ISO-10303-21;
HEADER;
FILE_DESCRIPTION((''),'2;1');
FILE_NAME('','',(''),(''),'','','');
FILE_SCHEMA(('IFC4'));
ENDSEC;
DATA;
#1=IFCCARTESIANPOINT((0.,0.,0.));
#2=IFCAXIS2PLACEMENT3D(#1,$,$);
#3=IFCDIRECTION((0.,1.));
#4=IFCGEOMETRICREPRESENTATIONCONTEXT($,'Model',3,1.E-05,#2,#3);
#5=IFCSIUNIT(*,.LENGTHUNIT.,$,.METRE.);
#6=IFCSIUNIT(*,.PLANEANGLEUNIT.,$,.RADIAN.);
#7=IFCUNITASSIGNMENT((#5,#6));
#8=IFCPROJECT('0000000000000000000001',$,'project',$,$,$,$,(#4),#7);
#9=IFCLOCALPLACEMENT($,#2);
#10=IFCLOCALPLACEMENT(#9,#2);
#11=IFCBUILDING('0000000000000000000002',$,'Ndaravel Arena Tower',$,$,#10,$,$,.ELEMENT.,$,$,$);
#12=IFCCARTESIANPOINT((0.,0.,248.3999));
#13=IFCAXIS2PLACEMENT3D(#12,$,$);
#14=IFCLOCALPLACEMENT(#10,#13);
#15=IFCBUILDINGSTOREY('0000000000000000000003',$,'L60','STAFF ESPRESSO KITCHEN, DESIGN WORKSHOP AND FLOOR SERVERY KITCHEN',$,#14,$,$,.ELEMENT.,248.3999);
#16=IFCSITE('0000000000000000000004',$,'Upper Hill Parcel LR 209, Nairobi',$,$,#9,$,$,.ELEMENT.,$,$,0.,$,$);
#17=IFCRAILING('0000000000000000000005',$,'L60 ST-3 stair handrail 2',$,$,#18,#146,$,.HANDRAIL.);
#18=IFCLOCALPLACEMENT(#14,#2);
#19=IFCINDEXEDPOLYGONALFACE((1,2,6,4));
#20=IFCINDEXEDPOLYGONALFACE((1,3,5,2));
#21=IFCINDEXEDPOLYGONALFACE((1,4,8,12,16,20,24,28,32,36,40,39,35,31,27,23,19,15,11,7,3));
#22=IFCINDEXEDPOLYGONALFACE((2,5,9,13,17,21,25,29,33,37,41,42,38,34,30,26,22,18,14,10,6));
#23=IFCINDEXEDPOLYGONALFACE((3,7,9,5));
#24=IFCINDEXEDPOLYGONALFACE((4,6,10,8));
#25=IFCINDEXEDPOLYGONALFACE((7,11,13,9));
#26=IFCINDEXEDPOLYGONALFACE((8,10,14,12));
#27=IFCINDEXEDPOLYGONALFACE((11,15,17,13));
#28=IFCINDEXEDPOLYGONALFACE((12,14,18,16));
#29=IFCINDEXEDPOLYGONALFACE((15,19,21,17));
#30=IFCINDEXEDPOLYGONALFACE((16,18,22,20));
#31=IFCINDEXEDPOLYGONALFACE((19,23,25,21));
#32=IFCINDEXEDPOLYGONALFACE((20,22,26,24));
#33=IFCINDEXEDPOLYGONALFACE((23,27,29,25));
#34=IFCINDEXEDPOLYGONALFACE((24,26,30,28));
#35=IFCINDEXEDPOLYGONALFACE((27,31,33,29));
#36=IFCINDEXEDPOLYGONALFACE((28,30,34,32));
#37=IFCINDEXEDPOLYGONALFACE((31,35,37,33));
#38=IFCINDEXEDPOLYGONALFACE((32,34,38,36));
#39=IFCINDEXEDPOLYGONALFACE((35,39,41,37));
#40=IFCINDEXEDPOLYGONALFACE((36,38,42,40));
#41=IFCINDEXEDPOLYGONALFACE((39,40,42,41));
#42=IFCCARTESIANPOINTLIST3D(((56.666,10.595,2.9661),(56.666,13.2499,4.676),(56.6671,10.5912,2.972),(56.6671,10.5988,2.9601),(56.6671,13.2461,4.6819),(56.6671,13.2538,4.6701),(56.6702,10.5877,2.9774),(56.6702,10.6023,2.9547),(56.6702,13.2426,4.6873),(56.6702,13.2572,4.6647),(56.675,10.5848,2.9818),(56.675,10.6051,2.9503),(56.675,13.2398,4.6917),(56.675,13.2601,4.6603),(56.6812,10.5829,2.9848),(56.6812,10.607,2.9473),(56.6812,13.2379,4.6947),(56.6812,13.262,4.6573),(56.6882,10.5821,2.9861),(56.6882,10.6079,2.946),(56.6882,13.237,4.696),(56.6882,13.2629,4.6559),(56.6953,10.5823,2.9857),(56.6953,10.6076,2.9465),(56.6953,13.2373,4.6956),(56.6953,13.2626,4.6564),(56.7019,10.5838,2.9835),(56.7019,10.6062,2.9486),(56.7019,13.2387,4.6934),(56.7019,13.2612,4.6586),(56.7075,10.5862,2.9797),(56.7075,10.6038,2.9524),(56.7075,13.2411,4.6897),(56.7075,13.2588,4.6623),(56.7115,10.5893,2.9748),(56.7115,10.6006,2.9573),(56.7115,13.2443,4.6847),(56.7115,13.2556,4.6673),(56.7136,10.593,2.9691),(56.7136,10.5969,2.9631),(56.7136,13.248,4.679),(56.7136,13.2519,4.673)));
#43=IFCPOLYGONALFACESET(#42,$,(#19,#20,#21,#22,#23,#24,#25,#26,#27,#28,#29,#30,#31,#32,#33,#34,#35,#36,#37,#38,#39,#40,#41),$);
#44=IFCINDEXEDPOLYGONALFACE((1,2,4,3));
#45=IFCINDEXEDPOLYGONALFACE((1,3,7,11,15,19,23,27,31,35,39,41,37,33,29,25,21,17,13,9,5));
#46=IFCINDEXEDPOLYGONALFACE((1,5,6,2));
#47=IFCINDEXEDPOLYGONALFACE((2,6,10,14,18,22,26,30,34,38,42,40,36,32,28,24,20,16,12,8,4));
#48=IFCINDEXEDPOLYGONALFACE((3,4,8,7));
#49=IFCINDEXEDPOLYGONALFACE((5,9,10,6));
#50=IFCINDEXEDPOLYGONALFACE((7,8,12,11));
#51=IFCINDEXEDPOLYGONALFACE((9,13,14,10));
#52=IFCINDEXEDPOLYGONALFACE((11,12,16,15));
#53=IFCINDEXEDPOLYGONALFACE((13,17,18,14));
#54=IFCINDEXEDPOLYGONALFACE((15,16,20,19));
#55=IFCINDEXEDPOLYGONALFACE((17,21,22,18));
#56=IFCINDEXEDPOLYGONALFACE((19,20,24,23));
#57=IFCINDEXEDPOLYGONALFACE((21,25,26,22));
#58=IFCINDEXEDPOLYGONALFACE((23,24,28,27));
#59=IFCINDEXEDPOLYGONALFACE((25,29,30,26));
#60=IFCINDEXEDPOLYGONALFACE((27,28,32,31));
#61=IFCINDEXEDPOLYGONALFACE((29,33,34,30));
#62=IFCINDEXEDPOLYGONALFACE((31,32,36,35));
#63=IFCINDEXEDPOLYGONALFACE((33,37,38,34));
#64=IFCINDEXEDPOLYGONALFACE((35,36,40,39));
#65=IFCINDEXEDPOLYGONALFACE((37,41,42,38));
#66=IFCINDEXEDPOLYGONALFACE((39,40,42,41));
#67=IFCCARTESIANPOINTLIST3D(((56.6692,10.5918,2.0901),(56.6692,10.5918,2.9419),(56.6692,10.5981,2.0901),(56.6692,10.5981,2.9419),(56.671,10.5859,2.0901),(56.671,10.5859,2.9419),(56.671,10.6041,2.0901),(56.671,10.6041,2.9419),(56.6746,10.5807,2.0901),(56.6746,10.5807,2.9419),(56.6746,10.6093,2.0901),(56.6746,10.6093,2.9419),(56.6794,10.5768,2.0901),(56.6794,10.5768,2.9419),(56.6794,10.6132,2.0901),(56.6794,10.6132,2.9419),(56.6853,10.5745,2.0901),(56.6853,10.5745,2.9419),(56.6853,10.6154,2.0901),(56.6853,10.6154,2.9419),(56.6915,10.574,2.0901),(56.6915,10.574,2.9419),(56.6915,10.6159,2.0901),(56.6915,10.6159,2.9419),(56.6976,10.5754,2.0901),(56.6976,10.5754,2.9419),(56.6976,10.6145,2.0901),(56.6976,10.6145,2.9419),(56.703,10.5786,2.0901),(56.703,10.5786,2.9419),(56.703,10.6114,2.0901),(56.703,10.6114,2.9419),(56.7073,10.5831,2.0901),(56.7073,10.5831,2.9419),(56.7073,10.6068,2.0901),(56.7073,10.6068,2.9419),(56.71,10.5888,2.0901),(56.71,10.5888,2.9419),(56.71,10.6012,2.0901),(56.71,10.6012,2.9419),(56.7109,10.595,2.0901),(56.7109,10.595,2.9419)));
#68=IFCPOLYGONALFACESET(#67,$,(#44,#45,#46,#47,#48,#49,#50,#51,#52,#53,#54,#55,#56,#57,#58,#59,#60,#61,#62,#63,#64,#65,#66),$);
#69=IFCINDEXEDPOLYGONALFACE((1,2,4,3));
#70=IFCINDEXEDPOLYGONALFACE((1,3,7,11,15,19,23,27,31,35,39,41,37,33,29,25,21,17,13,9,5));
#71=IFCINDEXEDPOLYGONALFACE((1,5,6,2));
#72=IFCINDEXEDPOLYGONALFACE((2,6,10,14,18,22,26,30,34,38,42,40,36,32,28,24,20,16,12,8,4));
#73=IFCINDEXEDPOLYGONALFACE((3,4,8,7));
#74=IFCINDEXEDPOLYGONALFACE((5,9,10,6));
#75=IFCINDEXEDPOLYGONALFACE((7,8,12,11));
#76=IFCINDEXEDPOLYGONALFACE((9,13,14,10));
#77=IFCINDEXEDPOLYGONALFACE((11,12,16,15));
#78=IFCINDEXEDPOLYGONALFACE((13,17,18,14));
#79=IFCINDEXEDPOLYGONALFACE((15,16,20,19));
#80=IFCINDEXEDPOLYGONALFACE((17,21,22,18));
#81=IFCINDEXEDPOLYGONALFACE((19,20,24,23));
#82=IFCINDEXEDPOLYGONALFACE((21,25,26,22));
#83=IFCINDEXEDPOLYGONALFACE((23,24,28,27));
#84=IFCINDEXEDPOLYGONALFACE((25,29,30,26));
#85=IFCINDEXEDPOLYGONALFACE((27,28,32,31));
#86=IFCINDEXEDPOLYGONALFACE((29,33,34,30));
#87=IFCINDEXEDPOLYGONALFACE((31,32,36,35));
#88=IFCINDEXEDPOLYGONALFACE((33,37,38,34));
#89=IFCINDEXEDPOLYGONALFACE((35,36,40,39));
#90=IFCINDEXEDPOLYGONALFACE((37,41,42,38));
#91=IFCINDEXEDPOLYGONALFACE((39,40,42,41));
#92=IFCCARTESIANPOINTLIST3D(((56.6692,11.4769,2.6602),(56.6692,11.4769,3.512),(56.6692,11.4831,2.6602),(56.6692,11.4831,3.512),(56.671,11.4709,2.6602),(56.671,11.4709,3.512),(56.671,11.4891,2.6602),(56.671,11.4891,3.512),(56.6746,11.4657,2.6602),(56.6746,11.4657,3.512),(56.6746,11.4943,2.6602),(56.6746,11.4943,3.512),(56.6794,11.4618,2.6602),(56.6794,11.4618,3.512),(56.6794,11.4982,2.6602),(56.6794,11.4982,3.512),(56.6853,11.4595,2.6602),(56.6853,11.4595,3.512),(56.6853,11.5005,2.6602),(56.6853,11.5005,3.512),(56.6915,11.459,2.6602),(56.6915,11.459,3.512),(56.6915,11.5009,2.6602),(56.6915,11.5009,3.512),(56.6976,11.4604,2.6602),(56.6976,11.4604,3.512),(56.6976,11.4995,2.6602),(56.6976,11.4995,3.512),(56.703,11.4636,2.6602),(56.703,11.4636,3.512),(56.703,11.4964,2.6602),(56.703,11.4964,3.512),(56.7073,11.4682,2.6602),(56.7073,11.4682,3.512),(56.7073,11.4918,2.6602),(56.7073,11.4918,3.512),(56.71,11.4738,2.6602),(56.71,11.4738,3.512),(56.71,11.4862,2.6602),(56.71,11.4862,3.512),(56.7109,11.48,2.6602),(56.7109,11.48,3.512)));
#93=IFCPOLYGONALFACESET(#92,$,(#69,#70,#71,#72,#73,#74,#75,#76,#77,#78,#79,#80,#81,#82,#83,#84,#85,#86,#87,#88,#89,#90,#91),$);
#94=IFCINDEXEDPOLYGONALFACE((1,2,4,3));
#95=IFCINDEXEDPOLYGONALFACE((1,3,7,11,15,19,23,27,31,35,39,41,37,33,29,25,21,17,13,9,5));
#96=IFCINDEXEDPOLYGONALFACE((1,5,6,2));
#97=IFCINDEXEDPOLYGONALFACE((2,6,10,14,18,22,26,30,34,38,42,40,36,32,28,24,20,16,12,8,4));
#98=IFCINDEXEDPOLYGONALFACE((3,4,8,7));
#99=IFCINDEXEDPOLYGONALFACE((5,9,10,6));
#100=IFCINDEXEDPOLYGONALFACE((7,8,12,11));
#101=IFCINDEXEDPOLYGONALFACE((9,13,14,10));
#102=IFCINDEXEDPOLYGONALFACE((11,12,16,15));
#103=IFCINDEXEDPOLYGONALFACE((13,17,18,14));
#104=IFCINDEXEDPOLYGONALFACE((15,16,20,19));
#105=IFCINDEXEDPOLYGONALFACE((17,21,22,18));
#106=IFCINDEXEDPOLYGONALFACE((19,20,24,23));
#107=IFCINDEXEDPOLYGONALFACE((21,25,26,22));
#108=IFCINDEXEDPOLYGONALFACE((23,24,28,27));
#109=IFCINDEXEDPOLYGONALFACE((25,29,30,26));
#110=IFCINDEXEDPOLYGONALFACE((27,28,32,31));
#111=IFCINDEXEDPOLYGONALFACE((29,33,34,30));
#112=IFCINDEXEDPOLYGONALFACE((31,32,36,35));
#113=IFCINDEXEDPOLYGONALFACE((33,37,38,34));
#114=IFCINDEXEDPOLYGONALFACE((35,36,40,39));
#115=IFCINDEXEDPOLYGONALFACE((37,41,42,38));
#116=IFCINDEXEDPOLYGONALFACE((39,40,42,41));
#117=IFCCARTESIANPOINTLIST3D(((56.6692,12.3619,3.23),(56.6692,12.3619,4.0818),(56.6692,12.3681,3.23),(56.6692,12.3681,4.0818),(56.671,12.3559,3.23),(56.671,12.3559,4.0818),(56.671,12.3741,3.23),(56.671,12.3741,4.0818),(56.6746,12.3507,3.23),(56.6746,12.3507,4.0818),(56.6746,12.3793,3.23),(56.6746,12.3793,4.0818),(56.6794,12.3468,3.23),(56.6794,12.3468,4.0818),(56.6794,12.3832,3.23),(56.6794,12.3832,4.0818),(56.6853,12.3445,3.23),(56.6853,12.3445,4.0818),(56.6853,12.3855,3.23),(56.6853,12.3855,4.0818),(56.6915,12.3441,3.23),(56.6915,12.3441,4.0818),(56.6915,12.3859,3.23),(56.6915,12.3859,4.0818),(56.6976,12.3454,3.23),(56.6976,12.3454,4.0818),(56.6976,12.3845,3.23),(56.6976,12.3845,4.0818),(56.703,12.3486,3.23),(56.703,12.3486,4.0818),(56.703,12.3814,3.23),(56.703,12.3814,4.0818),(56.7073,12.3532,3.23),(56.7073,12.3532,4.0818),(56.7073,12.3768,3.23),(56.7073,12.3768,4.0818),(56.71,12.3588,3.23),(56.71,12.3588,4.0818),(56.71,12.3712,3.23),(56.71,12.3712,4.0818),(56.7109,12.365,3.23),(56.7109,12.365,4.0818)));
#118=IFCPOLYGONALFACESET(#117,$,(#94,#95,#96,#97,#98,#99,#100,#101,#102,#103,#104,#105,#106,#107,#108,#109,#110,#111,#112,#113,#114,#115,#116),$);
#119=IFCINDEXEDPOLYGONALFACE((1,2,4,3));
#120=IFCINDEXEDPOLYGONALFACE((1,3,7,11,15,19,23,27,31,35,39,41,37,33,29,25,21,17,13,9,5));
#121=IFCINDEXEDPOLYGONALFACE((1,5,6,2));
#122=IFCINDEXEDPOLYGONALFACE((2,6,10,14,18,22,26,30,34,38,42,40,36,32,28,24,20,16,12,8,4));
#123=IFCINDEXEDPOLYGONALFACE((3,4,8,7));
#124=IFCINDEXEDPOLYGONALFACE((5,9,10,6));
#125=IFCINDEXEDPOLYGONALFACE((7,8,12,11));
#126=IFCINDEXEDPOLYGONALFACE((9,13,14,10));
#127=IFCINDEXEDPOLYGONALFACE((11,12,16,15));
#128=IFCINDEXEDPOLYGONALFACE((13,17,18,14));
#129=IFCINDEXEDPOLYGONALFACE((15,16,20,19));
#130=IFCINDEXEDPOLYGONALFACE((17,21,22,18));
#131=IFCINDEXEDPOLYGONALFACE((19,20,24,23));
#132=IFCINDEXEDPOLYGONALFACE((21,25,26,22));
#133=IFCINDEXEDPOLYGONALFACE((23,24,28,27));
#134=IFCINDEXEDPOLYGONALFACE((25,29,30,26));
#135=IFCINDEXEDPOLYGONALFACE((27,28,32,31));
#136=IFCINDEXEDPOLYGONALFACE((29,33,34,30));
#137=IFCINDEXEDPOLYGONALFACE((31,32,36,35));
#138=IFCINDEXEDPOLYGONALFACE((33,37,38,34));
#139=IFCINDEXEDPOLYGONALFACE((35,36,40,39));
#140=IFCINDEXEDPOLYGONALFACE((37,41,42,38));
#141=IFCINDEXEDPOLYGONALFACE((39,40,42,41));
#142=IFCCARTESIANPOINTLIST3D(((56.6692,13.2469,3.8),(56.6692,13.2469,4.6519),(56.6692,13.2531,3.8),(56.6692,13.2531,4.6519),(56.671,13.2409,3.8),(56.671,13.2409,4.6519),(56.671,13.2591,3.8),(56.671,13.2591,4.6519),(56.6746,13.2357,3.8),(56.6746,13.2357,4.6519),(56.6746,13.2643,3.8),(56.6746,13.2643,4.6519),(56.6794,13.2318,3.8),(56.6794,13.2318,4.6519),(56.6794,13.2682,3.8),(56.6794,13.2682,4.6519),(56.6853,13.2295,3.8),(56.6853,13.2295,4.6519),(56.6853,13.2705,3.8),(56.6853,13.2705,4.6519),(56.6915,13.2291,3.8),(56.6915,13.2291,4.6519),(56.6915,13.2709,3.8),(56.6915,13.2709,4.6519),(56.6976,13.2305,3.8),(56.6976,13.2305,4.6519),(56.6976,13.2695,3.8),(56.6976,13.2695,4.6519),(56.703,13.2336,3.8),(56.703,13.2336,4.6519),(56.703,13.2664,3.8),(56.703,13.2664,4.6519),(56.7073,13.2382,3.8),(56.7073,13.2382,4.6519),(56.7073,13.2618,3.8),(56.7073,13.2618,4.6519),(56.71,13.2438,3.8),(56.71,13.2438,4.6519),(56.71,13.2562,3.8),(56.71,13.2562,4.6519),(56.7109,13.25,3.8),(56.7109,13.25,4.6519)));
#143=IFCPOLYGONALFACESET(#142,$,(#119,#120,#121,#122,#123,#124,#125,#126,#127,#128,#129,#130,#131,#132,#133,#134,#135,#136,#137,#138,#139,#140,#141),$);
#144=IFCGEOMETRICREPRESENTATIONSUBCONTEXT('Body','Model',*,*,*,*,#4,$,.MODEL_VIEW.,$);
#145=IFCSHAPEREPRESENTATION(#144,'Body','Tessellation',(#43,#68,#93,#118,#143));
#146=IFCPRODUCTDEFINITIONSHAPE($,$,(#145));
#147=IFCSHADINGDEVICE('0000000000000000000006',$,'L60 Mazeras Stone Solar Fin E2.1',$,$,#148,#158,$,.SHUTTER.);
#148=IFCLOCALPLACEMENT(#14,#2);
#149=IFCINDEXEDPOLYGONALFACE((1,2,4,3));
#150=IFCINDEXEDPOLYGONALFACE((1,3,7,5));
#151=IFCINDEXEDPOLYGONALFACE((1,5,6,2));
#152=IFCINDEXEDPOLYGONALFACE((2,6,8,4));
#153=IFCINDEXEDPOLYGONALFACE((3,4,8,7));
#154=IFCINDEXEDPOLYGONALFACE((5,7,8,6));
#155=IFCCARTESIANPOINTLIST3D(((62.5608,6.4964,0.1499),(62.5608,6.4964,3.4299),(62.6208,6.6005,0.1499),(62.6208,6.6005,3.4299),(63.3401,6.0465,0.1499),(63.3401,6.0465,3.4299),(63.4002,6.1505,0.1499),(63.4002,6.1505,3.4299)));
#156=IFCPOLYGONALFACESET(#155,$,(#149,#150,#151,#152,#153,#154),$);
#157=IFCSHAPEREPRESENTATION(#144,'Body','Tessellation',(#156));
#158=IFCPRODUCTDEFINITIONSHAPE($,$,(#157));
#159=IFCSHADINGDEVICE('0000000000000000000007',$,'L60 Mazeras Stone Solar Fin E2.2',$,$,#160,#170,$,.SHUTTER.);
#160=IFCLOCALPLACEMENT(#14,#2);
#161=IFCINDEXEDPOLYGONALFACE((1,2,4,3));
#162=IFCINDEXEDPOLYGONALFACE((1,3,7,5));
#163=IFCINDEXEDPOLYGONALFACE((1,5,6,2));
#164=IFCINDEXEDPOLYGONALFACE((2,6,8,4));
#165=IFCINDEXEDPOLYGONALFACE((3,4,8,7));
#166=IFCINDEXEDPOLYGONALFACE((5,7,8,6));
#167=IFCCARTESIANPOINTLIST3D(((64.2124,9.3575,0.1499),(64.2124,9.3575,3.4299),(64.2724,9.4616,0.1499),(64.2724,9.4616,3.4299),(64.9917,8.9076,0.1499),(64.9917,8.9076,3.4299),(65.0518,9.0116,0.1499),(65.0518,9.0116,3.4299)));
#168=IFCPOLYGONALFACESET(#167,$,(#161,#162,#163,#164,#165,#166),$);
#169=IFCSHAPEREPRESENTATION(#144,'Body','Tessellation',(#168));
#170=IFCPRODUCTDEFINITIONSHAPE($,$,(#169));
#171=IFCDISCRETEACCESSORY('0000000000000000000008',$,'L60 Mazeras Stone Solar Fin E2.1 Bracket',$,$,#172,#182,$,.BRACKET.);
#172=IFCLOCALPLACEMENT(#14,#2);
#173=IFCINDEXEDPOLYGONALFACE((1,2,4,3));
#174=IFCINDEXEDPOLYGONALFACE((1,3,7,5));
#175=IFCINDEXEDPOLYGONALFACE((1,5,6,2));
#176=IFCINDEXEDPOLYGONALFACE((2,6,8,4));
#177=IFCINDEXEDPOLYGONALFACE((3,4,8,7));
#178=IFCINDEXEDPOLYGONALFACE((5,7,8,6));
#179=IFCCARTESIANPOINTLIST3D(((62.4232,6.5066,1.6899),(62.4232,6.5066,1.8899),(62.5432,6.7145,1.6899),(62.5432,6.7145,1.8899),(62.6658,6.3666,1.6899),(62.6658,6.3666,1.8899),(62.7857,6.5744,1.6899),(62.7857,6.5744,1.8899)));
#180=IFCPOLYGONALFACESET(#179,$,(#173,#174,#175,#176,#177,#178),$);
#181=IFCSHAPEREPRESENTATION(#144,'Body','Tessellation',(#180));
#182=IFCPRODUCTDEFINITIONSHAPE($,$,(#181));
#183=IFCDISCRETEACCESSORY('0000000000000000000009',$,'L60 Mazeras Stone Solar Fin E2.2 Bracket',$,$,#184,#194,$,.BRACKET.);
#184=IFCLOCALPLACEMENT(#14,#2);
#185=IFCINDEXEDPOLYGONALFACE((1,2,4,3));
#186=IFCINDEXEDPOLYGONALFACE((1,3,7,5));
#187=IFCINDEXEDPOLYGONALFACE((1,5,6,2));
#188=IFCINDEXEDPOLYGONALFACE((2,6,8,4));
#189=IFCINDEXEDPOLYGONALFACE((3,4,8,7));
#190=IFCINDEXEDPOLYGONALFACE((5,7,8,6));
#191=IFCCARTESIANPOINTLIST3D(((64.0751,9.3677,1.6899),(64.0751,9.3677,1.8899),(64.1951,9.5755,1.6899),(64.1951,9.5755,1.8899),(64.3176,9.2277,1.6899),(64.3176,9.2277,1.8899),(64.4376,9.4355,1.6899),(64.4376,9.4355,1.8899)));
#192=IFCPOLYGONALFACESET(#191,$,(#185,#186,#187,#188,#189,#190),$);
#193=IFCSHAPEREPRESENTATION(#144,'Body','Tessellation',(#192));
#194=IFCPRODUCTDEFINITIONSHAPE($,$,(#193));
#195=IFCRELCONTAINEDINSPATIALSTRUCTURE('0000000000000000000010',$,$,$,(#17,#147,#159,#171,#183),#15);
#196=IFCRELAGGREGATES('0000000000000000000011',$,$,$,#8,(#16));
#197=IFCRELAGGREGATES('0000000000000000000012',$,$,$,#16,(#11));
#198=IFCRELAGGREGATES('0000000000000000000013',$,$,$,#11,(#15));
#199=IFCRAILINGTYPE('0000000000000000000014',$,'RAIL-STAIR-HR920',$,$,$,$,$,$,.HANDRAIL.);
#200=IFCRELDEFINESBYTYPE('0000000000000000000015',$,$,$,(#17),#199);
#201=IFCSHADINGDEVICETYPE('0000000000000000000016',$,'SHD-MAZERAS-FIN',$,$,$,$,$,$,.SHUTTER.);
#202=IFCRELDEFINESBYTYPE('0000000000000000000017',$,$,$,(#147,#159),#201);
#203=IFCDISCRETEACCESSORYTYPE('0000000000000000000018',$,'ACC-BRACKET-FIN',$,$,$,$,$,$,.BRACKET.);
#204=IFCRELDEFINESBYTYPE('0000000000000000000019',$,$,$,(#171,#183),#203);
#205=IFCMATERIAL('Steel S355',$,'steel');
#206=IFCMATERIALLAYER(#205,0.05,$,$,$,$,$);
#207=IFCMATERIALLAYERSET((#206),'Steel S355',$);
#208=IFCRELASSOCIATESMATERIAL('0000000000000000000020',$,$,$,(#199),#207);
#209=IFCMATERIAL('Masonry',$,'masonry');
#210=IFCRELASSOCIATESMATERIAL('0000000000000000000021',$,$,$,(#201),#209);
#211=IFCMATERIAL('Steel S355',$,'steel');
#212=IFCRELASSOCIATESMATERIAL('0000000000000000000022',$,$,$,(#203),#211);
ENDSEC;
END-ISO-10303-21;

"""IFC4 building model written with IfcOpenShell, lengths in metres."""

from ifc_helpers import new_model, si_unit, direction, frame, origin, origin_2d, place, context, subcontext, project, spatial, rectangle, circle, extrude, material, layer, layer_set, type_object, element, save


model = new_model("IFC4")

# Units and contexts
model_context = context("Model", 3, precision=1e-05, world=origin(), true_north=direction((0.0, 1.0)))
body_context = subcontext(model_context, "Body", "Model", "MODEL_VIEW")
ifc_project = project(units=[si_unit("LENGTHUNIT", "METRE"), si_unit("PLANEANGLEUNIT", "RADIAN")], contexts=[model_context])

# Site, building, storey
site_placement = place(None, origin())
site = spatial("IfcSite", under=ifc_project, at=site_placement, Name="Upper Hill Parcel LR 209, Nairobi", CompositionType="ELEMENT", RefElevation=0.0)
building_placement = place(site_placement, origin())
building = spatial("IfcBuilding", under=site, at=building_placement, Name="Ndaravel Arena Tower", CompositionType="ELEMENT")
storey_placement = place(building_placement, frame((0.0, 0.0, 248.3999)))
storey = spatial("IfcBuildingStorey", under=building, at=storey_placement, Name="L60", Description="STAFF ESPRESSO KITCHEN, DESIGN WORKSHOP AND FLOOR SERVERY KITCHEN", CompositionType="ELEMENT", Elevation=248.3999)

# Railing
ifc_material_1 = material(Name="Steel S355", Category="steel")
ifc_layer_1 = layer(ifc_material_1, 0.05)
ifc_layer_set_1 = layer_set([ifc_layer_1], Name="Steel S355")
railing_type_1 = type_object("IfcRailingType", Name="RAIL-STAIR-HR920", PredefinedType="HANDRAIL", material=ifc_layer_set_1)
railing_1_placement = place(storey_placement, frame((56.6899, 10.595, 2.0901)))
element("IfcRailing", 1, at=railing_1_placement, inside=storey, type_object=railing_type_1, Name="L60 ST-3 stair handrail 2", PredefinedType="HANDRAIL", context=body_context, shape_type="SweptSolid", body=[
    extrude(circle(Radius=0.0239, at=origin_2d()), frame((0.0, 0.0, 0.876), z_axis=(0.0, 0.840724, 0.541465), x_axis=(-1.0, 0.0, 0.0)), (0.0, 0.0, 1.0), 3.158),
    extrude(circle(Radius=0.021, at=origin_2d()), origin(), (0.0, 0.0, 1.0), 0.8518),
    extrude(circle(Radius=0.021, at=origin_2d()), frame((0.0, 0.885, 0.5701)), (0.0, 0.0, 1.0), 0.8518),
    extrude(circle(Radius=0.021, at=origin_2d()), frame((0.0, 1.77, 1.1399)), (0.0, 0.0, 1.0), 0.8518),
    extrude(circle(Radius=0.021, at=origin_2d()), frame((0.0, 2.655, 1.71)), (0.0, 0.0, 1.0), 0.8518),
])

# Shading devices
ifc_material_2 = material(Name="Masonry", Category="masonry")
shading_device_type = type_object("IfcShadingDeviceType", Name="SHD-MAZERAS-FIN", PredefinedType="SHUTTER", material=ifc_material_2)
for number, where, z_axis, x_axis, name in (
    (2, (62.9805, 6.3235, 0.1499), (0.0, 0.0, 1.0), (0.866025, -0.5, 0.0), "L60 Mazeras Stone Solar Fin E2.1"),
    (3, (64.6321, 9.1846, 0.1499), (0.0, 0.0, 1.0), (0.866025, -0.5, 0.0), "L60 Mazeras Stone Solar Fin E2.2"),
):
    element("IfcShadingDevice", number, at=place(storey_placement, frame(where, z_axis=z_axis, x_axis=x_axis)), inside=storey, type_object=shading_device_type, Name=name, PredefinedType="SHUTTER", context=body_context, shape_type="SweptSolid", body=[
        extrude(rectangle(XDim=0.8999, YDim=0.1201, at=origin_2d()), origin(), (0.0, 0.0, 1.0), 3.28),
    ])

# Discrete accessories
ifc_material_3 = material(Name="Steel S355", Category="steel")
discrete_accessory_type = type_object("IfcDiscreteAccessoryType", Name="ACC-BRACKET-FIN", PredefinedType="BRACKET", material=ifc_material_3)
for number, where, z_axis, x_axis, name in (
    (4, (62.6045, 6.5405, 1.6899), (0.0, 0.0, 1.0), (0.866025, -0.5, 0.0), "L60 Mazeras Stone Solar Fin E2.1 Bracket"),
    (5, (64.2563, 9.4016, 1.6899), (0.0, 0.0, 1.0), (0.866025, -0.5, 0.0), "L60 Mazeras Stone Solar Fin E2.2 Bracket"),
):
    element("IfcDiscreteAccessory", number, at=place(storey_placement, frame(where, z_axis=z_axis, x_axis=x_axis)), inside=storey, type_object=discrete_accessory_type, Name=name, PredefinedType="BRACKET", context=body_context, shape_type="SweptSolid", body=[
        extrude(rectangle(XDim=0.28, YDim=0.24, at=origin_2d()), origin(), (0.0, 0.0, 1.0), 0.2),
    ])

save(model, "model.ifc")
